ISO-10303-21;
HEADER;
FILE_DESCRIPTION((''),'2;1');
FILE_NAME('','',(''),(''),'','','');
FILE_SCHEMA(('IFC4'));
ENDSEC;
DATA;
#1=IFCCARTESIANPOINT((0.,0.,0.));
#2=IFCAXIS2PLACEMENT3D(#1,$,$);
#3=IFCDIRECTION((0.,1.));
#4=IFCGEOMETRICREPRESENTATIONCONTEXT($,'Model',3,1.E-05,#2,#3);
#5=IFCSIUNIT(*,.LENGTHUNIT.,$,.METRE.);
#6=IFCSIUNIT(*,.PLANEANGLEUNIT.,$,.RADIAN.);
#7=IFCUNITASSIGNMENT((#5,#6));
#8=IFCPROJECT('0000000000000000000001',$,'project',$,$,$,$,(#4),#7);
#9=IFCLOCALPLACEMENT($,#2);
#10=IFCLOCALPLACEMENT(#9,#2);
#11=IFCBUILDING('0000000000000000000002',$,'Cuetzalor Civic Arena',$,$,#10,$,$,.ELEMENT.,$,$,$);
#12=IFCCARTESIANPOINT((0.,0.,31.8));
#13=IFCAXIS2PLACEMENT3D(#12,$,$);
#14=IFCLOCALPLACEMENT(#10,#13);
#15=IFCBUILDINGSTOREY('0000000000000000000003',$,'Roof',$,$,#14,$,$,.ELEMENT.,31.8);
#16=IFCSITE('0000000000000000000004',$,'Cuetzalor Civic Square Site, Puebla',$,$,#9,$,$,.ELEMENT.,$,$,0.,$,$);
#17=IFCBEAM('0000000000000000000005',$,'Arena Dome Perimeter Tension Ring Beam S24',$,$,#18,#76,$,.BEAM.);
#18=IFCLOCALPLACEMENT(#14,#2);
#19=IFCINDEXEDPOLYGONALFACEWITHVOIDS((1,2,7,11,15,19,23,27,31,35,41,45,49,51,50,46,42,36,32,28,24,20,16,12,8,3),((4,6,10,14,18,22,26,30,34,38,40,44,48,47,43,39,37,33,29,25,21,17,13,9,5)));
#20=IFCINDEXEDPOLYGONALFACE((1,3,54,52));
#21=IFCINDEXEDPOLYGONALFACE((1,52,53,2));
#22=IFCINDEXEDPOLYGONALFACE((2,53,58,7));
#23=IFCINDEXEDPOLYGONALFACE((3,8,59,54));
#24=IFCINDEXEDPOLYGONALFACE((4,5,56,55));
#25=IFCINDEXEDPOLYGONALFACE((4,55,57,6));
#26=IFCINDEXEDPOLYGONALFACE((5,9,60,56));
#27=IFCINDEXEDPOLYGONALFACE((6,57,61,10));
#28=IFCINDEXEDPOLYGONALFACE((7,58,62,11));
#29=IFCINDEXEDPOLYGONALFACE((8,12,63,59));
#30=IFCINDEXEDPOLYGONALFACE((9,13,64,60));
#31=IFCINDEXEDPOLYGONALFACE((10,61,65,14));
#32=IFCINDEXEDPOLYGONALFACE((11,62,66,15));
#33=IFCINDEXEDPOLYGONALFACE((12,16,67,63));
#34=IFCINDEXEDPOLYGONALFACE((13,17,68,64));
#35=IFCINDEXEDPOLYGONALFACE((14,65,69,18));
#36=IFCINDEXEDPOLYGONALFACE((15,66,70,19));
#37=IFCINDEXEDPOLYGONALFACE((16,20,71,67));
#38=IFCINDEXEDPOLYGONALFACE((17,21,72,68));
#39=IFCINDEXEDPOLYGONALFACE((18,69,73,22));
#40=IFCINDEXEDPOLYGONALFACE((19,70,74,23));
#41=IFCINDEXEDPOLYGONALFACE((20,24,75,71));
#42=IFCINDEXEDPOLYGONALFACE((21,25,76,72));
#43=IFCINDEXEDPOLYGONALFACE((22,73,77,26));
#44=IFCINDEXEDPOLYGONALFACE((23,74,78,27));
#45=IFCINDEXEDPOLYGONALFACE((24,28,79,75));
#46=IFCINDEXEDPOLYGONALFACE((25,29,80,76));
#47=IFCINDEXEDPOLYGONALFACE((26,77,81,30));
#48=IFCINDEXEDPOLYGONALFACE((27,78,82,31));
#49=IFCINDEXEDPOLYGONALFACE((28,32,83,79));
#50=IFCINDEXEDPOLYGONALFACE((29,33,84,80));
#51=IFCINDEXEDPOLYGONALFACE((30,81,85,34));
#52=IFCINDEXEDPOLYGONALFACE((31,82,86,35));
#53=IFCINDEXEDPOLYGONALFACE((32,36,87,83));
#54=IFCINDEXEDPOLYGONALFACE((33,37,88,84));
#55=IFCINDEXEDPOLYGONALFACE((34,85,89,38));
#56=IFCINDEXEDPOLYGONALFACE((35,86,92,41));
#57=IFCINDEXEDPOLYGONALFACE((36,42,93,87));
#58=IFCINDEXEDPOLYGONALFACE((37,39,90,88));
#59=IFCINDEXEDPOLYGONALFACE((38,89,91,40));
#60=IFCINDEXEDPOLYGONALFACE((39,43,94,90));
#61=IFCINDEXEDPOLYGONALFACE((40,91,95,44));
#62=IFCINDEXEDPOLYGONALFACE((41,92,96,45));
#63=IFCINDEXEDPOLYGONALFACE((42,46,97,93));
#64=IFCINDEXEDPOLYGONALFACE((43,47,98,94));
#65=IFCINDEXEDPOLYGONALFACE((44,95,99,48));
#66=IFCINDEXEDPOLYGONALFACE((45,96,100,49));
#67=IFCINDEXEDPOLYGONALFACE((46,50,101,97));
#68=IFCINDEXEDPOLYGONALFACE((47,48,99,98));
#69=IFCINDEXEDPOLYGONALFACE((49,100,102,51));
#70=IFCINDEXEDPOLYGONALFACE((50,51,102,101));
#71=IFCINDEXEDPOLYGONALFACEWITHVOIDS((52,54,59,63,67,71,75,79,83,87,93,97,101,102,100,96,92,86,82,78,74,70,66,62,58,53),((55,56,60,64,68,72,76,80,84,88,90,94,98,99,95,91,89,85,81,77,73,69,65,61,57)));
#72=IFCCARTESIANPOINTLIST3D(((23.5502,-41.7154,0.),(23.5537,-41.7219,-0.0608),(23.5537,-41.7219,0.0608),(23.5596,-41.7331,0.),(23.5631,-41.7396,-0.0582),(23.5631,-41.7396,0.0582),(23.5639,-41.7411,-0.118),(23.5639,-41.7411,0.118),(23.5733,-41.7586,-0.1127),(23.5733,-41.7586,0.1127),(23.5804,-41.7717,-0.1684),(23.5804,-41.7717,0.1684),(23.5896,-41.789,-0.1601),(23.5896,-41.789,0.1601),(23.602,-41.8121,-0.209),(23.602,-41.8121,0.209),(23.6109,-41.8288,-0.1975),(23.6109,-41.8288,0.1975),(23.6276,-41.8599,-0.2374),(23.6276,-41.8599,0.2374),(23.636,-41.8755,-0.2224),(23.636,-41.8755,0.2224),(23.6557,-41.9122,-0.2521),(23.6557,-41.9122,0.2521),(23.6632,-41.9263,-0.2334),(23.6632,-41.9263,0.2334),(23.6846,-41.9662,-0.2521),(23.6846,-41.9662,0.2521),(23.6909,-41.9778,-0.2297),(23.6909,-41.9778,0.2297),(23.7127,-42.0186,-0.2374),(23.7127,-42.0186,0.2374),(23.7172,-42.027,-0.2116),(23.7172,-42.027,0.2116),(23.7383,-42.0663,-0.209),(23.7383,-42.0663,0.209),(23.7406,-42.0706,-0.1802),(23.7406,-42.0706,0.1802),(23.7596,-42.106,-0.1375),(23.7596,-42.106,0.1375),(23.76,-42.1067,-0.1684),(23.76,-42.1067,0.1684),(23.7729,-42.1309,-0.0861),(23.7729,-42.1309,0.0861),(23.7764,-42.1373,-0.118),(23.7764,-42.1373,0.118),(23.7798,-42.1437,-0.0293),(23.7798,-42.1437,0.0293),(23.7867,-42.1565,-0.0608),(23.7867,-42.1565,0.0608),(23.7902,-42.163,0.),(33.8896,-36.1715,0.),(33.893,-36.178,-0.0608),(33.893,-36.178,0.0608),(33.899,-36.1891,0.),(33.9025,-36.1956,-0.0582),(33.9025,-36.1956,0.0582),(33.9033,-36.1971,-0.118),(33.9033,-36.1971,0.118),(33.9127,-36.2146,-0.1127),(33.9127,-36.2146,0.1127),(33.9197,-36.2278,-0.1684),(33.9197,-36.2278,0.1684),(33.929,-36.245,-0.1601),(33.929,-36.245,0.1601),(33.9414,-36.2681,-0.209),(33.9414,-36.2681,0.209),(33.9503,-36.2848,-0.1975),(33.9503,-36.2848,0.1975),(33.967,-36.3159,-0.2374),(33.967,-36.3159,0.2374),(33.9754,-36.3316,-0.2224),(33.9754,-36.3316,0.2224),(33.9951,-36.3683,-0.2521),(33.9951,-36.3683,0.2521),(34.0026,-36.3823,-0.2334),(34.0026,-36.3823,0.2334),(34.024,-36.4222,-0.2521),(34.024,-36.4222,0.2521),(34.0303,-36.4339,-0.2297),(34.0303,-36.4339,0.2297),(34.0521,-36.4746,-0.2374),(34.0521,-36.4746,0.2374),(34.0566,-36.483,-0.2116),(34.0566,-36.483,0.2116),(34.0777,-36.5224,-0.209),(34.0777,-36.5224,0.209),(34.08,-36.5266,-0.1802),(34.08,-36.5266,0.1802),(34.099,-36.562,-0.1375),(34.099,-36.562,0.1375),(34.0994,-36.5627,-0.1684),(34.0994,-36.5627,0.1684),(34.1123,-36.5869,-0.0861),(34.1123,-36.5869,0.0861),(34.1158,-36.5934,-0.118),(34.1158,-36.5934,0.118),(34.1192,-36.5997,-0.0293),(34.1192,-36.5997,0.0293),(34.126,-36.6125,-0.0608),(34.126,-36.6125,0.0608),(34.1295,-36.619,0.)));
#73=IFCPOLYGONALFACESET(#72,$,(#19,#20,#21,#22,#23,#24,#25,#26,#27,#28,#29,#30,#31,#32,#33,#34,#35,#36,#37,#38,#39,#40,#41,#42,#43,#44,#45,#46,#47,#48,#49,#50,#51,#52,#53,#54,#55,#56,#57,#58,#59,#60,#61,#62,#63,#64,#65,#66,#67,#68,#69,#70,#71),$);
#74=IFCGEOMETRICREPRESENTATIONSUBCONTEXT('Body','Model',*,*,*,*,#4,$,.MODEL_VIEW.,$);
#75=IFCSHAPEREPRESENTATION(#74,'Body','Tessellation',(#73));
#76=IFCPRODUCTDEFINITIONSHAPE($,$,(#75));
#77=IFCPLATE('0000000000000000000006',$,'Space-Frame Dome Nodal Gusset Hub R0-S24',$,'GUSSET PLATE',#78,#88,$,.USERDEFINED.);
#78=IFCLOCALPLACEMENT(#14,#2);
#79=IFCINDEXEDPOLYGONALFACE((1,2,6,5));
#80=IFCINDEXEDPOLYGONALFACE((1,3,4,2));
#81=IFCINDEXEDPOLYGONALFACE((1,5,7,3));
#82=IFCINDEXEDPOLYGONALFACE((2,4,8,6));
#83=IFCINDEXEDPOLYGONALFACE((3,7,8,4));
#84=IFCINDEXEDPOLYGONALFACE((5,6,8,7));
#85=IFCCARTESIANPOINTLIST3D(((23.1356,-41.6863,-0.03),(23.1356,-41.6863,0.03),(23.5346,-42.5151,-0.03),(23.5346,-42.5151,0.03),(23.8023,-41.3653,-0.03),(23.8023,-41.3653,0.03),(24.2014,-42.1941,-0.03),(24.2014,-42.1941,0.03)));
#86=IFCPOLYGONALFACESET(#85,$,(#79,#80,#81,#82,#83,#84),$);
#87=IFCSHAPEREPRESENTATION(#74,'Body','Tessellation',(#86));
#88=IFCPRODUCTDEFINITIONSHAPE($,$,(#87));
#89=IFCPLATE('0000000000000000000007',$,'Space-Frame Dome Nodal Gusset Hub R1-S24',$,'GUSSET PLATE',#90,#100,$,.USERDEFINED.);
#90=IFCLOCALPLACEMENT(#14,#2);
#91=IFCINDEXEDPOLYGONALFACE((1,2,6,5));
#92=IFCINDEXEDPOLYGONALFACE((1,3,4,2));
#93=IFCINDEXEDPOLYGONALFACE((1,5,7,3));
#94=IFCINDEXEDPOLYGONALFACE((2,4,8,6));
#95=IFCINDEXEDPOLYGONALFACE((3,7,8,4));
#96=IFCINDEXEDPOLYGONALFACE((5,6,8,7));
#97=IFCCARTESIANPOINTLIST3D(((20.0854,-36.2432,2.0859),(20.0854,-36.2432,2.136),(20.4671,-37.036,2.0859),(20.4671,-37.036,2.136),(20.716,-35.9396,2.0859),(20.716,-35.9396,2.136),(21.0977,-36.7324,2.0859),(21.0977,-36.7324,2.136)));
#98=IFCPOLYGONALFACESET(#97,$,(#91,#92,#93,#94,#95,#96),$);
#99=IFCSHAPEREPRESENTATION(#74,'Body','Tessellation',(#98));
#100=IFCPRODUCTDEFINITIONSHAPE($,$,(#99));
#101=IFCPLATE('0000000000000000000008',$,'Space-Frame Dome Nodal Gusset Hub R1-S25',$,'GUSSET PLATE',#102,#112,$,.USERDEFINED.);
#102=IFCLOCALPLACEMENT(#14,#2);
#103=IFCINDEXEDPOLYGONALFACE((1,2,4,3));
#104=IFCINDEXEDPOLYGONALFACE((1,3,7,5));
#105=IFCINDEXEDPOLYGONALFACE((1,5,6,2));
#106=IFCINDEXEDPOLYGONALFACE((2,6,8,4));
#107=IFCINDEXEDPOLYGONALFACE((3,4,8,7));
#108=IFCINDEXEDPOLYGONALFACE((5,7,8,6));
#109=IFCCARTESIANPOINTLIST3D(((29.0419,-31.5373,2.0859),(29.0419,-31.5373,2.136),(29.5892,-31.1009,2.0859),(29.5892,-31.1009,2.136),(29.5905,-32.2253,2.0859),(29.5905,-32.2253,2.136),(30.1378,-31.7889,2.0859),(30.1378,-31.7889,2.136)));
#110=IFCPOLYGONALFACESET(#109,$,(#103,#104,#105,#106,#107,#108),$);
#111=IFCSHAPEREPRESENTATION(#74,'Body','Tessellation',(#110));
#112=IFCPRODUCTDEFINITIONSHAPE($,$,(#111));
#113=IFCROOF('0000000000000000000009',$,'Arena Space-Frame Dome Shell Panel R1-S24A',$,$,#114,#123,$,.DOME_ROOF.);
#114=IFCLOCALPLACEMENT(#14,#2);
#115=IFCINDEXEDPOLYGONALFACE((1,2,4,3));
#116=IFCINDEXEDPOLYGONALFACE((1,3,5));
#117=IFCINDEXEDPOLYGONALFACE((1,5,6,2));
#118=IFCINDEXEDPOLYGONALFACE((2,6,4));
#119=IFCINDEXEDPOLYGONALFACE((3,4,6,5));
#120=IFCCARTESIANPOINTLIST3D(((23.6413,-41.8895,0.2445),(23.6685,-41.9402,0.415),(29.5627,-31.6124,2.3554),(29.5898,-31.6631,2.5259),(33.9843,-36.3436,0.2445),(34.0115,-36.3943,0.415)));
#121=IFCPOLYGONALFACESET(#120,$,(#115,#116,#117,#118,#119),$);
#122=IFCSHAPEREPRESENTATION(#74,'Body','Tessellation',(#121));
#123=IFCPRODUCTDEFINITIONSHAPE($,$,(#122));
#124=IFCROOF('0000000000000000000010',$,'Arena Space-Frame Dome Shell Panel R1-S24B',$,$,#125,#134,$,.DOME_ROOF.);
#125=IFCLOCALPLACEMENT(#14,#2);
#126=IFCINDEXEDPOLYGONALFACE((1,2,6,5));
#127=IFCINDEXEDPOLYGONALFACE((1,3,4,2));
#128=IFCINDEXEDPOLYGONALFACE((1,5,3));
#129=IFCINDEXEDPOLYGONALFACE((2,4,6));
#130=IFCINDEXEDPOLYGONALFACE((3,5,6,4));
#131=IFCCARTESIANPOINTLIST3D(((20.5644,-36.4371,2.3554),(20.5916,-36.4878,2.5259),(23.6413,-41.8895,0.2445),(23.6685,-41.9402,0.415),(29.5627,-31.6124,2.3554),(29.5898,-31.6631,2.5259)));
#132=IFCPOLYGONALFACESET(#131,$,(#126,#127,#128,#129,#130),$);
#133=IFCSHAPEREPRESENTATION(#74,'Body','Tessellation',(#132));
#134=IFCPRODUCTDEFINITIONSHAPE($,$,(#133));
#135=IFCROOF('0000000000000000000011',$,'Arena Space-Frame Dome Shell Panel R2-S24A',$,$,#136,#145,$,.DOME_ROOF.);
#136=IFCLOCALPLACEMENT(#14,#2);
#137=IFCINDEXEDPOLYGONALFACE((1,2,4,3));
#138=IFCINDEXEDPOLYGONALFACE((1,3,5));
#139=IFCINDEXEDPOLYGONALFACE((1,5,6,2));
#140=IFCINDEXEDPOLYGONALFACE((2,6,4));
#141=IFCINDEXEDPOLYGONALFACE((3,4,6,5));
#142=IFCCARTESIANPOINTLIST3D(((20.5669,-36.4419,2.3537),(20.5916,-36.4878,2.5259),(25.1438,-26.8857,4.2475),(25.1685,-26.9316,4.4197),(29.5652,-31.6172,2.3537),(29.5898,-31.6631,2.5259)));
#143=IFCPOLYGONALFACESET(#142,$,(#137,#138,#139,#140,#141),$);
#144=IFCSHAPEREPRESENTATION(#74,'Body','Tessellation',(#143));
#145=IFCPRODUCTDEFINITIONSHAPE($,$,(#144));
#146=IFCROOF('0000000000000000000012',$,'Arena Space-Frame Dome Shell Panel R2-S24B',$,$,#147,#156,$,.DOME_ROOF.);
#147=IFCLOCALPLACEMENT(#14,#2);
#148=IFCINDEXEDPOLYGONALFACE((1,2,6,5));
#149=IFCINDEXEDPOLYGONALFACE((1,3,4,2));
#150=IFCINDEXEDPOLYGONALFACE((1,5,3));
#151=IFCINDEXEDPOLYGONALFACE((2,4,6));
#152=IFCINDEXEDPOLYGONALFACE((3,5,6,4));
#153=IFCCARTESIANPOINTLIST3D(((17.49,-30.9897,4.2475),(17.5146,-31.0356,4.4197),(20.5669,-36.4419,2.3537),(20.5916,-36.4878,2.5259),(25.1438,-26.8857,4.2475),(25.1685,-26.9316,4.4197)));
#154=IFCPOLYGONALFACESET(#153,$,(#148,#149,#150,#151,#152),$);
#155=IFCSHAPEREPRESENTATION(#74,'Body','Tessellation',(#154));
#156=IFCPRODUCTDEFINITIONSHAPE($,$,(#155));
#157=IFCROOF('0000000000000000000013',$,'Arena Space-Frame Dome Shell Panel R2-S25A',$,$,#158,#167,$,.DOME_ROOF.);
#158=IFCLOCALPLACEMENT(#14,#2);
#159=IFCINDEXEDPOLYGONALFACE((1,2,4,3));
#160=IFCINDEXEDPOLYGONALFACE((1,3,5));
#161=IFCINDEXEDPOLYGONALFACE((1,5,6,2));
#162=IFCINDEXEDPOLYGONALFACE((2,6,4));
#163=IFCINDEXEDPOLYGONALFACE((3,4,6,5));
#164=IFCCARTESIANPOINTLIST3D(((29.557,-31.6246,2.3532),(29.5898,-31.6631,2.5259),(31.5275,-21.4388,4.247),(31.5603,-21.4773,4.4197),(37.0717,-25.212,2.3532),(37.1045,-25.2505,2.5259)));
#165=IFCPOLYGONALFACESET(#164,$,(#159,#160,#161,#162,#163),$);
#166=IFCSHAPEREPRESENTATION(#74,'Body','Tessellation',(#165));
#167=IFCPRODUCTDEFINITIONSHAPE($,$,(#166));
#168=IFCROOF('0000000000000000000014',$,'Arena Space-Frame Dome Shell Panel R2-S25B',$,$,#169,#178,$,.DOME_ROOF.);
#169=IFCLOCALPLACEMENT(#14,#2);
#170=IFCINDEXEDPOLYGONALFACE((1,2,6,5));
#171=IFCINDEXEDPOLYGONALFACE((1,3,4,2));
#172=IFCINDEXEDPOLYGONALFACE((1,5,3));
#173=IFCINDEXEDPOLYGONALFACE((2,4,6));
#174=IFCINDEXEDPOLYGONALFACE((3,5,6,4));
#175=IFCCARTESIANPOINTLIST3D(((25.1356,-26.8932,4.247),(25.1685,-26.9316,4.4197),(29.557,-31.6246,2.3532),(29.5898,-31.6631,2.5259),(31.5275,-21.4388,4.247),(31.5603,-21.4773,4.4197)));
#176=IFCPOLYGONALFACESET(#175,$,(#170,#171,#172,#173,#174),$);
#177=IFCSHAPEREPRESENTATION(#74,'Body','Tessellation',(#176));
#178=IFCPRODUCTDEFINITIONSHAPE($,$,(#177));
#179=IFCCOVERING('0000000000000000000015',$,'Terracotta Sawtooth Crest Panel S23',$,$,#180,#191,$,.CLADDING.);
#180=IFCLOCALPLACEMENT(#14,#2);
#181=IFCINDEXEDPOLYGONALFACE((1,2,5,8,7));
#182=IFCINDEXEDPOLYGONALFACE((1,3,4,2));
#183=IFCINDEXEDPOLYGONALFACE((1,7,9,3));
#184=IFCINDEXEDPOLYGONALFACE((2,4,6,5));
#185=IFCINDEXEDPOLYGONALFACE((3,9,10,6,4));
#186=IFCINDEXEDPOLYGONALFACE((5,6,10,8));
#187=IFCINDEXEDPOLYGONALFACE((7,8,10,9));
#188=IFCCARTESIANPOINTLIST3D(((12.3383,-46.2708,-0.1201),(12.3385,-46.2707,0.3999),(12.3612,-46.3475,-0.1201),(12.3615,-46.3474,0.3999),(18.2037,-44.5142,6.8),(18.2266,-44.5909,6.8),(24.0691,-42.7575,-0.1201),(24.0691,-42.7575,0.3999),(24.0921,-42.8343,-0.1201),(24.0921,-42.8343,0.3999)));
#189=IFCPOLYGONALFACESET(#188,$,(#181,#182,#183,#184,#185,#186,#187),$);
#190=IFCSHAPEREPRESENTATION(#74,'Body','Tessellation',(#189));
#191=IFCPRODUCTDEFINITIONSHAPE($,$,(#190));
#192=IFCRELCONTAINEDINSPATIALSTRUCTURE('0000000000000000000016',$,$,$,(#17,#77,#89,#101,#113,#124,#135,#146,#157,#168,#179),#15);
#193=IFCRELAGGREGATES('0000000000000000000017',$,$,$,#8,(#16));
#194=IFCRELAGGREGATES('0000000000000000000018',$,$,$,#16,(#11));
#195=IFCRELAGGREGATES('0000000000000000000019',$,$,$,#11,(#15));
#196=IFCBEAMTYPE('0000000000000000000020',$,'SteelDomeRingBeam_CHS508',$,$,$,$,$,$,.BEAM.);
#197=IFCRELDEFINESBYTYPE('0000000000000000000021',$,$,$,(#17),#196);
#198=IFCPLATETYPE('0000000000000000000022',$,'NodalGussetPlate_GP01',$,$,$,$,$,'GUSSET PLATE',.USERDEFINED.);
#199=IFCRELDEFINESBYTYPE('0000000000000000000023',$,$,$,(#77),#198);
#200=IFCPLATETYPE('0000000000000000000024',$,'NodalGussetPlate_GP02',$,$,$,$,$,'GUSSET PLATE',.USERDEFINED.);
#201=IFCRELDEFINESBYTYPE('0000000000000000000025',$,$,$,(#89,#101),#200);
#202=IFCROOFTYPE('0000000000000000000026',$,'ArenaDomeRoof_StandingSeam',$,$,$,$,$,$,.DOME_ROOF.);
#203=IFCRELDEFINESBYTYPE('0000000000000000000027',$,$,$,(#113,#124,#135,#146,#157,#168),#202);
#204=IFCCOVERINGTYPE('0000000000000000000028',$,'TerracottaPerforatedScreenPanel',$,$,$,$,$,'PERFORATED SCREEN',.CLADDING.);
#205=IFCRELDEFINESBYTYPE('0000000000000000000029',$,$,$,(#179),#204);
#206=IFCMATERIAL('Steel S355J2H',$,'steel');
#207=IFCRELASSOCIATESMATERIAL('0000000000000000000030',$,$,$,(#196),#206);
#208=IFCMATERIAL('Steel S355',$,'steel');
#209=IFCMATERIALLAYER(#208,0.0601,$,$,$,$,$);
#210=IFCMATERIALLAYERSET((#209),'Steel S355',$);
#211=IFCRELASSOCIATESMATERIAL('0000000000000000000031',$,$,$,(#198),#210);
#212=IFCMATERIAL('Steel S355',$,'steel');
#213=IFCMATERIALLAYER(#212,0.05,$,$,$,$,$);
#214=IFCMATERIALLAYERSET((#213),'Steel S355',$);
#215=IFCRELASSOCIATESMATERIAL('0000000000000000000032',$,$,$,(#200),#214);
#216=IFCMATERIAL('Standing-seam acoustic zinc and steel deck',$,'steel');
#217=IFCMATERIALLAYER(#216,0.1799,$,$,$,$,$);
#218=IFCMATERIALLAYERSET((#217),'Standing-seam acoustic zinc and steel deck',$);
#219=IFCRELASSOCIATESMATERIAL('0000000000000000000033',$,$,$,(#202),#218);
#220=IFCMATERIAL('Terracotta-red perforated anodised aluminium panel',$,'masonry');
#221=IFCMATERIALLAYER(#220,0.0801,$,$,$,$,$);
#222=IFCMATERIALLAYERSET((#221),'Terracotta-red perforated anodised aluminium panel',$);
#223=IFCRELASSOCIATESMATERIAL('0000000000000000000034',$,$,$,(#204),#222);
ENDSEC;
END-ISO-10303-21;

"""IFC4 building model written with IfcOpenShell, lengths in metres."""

from ifc_helpers import new_model, si_unit, direction, frame, origin, origin_2d, place, context, subcontext, project, spatial, polyline, rectangle, hollow_circle, outline, extrude, material, layer, layer_set, material_profile, profile_set, type_object, element, save


model = new_model("IFC4")

# Units and contexts
model_context = context("Model", 3, precision=1e-05, world=origin(), true_north=direction((0.0, 1.0)))
body_context = subcontext(model_context, "Body", "Model", "MODEL_VIEW")
ifc_project = project(units=[si_unit("LENGTHUNIT", "METRE"), si_unit("PLANEANGLEUNIT", "RADIAN")], contexts=[model_context])

# Site, building, storey
site_placement = place(None, origin())
site = spatial("IfcSite", under=ifc_project, at=site_placement, Name="Cuetzalor Civic Square Site, Puebla", CompositionType="ELEMENT", RefElevation=0.0)
building_placement = place(site_placement, origin())
building = spatial("IfcBuilding", under=site, at=building_placement, Name="Cuetzalor Civic Arena", CompositionType="ELEMENT")
storey_placement = place(building_placement, frame((0.0, 0.0, 31.8)))
storey = spatial("IfcBuildingStorey", under=building, at=storey_placement, Name="Roof", CompositionType="ELEMENT", Elevation=31.8)

# Beam
ifc_material_1 = material(Name="Steel S355J2H", Category="steel")
ifc_material_profile_1 = material_profile(ifc_material_1, hollow_circle(Radius=0.2539, WallThickness=0.02, at=origin_2d()), Name="CHS 508x20")
ifc_profile_set_1 = profile_set([ifc_material_profile_1], Name="Steel S355J2H")
beam_type = type_object("IfcBeamType", Name="SteelDomeRingBeam_CHS508", PredefinedType="BEAM", material=ifc_profile_set_1)
beam_placement = place(storey_placement, frame((23.6702, -41.9392, 0.0), z_axis=(0.881302, 0.472553, 0.0), x_axis=(-0.472553, 0.881302, 0.0)))
element("IfcBeam", 1, at=beam_placement, inside=storey, type_object=beam_type, Name="Arena Dome Perimeter Tension Ring Beam S24", PredefinedType="BEAM", context=body_context, shape_type="SweptSolid", body=[
    extrude(hollow_circle(Radius=0.2539, WallThickness=0.02, at=origin_2d()), origin(), (0.0, 0.0, 1.0), 11.7319),
])

# Plates
ifc_material_2 = material(Name="Steel S355", Category="steel")
ifc_layer_1 = layer(ifc_material_2, 0.0601)
ifc_layer_set_1 = layer_set([ifc_layer_1], Name="Steel S355")
plate_type_1 = type_object("IfcPlateType", Name="NodalGussetPlate_GP01", ElementType="GUSSET PLATE", PredefinedType="USERDEFINED", material=ifc_layer_set_1)
plate_placement = place(storey_placement, frame((23.6685, -41.9402, -0.03), z_axis=(0.0, 0.0, 1.0), x_axis=(0.433816, -0.901001, 0.0)))
element("IfcPlate", 2, at=plate_placement, inside=storey, type_object=plate_type_1, Name="Space-Frame Dome Nodal Gusset Hub R0-S24", ObjectType="GUSSET PLATE", PredefinedType="USERDEFINED", context=body_context, shape_type="SweptSolid", body=[
    extrude(rectangle(XDim=0.9199, YDim=0.74, at=origin_2d()), origin(), (0.0, 0.0, 1.0), 0.0601),
])
ifc_material_3 = material(Name="Steel S355", Category="steel")
ifc_layer_2 = layer(ifc_material_3, 0.05)
ifc_layer_set_2 = layer_set([ifc_layer_2], Name="Steel S355")
plate_type_2 = type_object("IfcPlateType", Name="NodalGussetPlate_GP02", ElementType="GUSSET PLATE", PredefinedType="USERDEFINED", material=ifc_layer_set_2)
for number, where, z_axis, x_axis, name in (
    (3, (20.5916, -36.4878, 2.0859), (0.0, 0.0, 1.0), (0.433816, -0.901001, 0.0), "Space-Frame Dome Nodal Gusset Hub R1-S24"),
    (4, (29.5898, -31.6631, 2.0859), (0.0, 0.0, 1.0), (0.62347, -0.781847, 0.0), "Space-Frame Dome Nodal Gusset Hub R1-S25"),
):
    element("IfcPlate", number, at=place(storey_placement, frame(where, z_axis=z_axis, x_axis=x_axis)), inside=storey, type_object=plate_type_2, Name=name, ObjectType="GUSSET PLATE", PredefinedType="USERDEFINED", context=body_context, shape_type="SweptSolid", body=[
        extrude(rectangle(XDim=0.8799, YDim=0.7, at=origin_2d()), origin(), (0.0, 0.0, 1.0), 0.05),
    ])

# Roofs
ifc_material_4 = material(Name="Standing-seam acoustic zinc and steel deck", Category="steel")
ifc_layer_3 = layer(ifc_material_4, 0.1799)
ifc_layer_set_3 = layer_set([ifc_layer_3], Name="Standing-seam acoustic zinc and steel deck")
roof_type = type_object("IfcRoofType", Name="ArenaDomeRoof_StandingSeam", PredefinedType="DOME_ROOF", material=ifc_layer_set_3)
roof_1_placement = place(storey_placement, frame((23.6685, -41.9402, 0.415), z_axis=(0.15101, -0.281631, 0.947565), x_axis=(0.881303, 0.472552, 0.0)))
element("IfcRoof", 5, at=roof_1_placement, inside=storey, type_object=roof_type, Name="Arena Space-Frame Dome Shell Panel R1-S24A", PredefinedType="DOME_ROOF", context=body_context, shape_type="SweptSolid", body=[
    extrude(outline(polyline([(0.0, 0.0), (11.7361, 0.0), (10.075, 6.6054), (0.0, 0.0)])), origin(), (0.0, 0.0, -1.0), 0.1799),
])
roof_2_placement = place(storey_placement, frame((23.6685, -41.9402, 0.415), z_axis=(0.151003, -0.281627, 0.947568), x_axis=(0.491512, 0.853063, 0.175213)))
element("IfcRoof", 6, at=roof_2_placement, inside=storey, type_object=roof_type, Name="Arena Space-Frame Dome Shell Panel R1-S24B", PredefinedType="DOME_ROOF", context=body_context, shape_type="SweptSolid", body=[
    extrude(outline(polyline([(0.0, 0.0), (12.0473, 0.0), (3.5087, 5.5982), (0.0, 0.0)])), origin(), (0.0, 0.0, -1.0), 0.1799),
])
roof_3_placement = place(storey_placement, frame((20.5916, -36.4878, 2.5259), z_axis=(0.136847, -0.255226, 0.957148), x_axis=(0.881309, 0.472541, 0.0)))
element("IfcRoof", 7, at=roof_3_placement, inside=storey, type_object=roof_type, Name="Arena Space-Frame Dome Shell Panel R2-S24A", PredefinedType="DOME_ROOF", context=body_context, shape_type="SweptSolid", body=[
    extrude(outline(polyline([(0.0, 0.0), (10.2101, 0.0), (8.5493, 6.5394), (0.0, 0.0)])), origin(), (0.0, 0.0, -1.0), 0.1799),
])
roof_4_placement = place(storey_placement, frame((20.5916, -36.4878, 2.5259), z_axis=(0.136855, -0.25523, 0.957146), x_axis=(0.425222, 0.887823, 0.175945)))
element("IfcRoof", 8, at=roof_4_placement, inside=storey, type_object=roof_type, Name="Arena Space-Frame Dome Shell Panel R2-S24B", PredefinedType="DOME_ROOF", context=body_context, shape_type="SweptSolid", body=[
    extrude(outline(polyline([(0.0, 0.0), (10.7636, 0.0), (3.8654, 5.2762), (0.0, 0.0)])), origin(), (0.0, 0.0, -1.0), 0.1799),
])
roof_5_placement = place(storey_placement, frame((29.5898, -31.6631, 2.5259), z_axis=(0.182375, -0.213717, 0.959721), x_axis=(0.760682, 0.649125, 0.0)))
element("IfcRoof", 9, at=roof_5_placement, inside=storey, type_object=roof_type, Name="Arena Space-Frame Dome Shell Panel R2-S25A", PredefinedType="DOME_ROOF", context=body_context, shape_type="SweptSolid", body=[
    extrude(outline(polyline([(0.0, 0.0), (9.8788, 0.0), (8.1107, 6.7406), (0.0, 0.0)])), origin(), (0.0, 0.0, -1.0), 0.1799),
])
roof_6_placement = place(storey_placement, frame((29.5898, -31.6631, 2.5259), z_axis=(0.182371, -0.213717, 0.959722), x_axis=(0.186843, 0.965838, 0.179574)))
element("IfcRoof", 10, at=roof_6_placement, inside=storey, type_object=roof_type, Name="Arena Space-Frame Dome Shell Panel R2-S25B", PredefinedType="DOME_ROOF", context=body_context, shape_type="SweptSolid", body=[
    extrude(outline(polyline([(0.0, 0.0), (10.5461, 0.0), (4.0838, 5.3707), (0.0, 0.0)])), origin(), (0.0, 0.0, -1.0), 0.1799),
])

# Covering
ifc_material_5 = material(Name="Terracotta-red perforated anodised aluminium panel", Category="masonry")
ifc_layer_4 = layer(ifc_material_5, 0.0801)
ifc_layer_set_4 = layer_set([ifc_layer_4], Name="Terracotta-red perforated anodised aluminium panel")
covering_type = type_object("IfcCoveringType", Name="TerracottaPerforatedScreenPanel", ElementType="PERFORATED SCREEN", PredefinedType="CLADDING", material=ifc_layer_set_4)
covering_1_placement = place(storey_placement, frame((24.0806, -42.7959, -0.1201), z_axis=(0.0, 0.0, 1.0), x_axis=(-0.957962, -0.286896, 0.0)))
element("IfcCovering", 11, at=covering_1_placement, inside=storey, type_object=covering_type, Name="Terracotta Sawtooth Crest Panel S23", PredefinedType="CLADDING", context=body_context, shape_type="SweptSolid", body=[
    extrude(outline(polyline([(0.0, 0.0), (12.2456, 0.0), (12.2454, 0.52), (6.1228, 6.9202), (0.0, 0.52), (0.0, 0.0)])), frame((0.0, 0.04, 0.0), z_axis=(0.0, -1.0, 0.0), x_axis=(1.0, 0.0, 0.0)), (0.0, 0.0, 1.0), 0.0801),
])

save(model, "model.ifc")
